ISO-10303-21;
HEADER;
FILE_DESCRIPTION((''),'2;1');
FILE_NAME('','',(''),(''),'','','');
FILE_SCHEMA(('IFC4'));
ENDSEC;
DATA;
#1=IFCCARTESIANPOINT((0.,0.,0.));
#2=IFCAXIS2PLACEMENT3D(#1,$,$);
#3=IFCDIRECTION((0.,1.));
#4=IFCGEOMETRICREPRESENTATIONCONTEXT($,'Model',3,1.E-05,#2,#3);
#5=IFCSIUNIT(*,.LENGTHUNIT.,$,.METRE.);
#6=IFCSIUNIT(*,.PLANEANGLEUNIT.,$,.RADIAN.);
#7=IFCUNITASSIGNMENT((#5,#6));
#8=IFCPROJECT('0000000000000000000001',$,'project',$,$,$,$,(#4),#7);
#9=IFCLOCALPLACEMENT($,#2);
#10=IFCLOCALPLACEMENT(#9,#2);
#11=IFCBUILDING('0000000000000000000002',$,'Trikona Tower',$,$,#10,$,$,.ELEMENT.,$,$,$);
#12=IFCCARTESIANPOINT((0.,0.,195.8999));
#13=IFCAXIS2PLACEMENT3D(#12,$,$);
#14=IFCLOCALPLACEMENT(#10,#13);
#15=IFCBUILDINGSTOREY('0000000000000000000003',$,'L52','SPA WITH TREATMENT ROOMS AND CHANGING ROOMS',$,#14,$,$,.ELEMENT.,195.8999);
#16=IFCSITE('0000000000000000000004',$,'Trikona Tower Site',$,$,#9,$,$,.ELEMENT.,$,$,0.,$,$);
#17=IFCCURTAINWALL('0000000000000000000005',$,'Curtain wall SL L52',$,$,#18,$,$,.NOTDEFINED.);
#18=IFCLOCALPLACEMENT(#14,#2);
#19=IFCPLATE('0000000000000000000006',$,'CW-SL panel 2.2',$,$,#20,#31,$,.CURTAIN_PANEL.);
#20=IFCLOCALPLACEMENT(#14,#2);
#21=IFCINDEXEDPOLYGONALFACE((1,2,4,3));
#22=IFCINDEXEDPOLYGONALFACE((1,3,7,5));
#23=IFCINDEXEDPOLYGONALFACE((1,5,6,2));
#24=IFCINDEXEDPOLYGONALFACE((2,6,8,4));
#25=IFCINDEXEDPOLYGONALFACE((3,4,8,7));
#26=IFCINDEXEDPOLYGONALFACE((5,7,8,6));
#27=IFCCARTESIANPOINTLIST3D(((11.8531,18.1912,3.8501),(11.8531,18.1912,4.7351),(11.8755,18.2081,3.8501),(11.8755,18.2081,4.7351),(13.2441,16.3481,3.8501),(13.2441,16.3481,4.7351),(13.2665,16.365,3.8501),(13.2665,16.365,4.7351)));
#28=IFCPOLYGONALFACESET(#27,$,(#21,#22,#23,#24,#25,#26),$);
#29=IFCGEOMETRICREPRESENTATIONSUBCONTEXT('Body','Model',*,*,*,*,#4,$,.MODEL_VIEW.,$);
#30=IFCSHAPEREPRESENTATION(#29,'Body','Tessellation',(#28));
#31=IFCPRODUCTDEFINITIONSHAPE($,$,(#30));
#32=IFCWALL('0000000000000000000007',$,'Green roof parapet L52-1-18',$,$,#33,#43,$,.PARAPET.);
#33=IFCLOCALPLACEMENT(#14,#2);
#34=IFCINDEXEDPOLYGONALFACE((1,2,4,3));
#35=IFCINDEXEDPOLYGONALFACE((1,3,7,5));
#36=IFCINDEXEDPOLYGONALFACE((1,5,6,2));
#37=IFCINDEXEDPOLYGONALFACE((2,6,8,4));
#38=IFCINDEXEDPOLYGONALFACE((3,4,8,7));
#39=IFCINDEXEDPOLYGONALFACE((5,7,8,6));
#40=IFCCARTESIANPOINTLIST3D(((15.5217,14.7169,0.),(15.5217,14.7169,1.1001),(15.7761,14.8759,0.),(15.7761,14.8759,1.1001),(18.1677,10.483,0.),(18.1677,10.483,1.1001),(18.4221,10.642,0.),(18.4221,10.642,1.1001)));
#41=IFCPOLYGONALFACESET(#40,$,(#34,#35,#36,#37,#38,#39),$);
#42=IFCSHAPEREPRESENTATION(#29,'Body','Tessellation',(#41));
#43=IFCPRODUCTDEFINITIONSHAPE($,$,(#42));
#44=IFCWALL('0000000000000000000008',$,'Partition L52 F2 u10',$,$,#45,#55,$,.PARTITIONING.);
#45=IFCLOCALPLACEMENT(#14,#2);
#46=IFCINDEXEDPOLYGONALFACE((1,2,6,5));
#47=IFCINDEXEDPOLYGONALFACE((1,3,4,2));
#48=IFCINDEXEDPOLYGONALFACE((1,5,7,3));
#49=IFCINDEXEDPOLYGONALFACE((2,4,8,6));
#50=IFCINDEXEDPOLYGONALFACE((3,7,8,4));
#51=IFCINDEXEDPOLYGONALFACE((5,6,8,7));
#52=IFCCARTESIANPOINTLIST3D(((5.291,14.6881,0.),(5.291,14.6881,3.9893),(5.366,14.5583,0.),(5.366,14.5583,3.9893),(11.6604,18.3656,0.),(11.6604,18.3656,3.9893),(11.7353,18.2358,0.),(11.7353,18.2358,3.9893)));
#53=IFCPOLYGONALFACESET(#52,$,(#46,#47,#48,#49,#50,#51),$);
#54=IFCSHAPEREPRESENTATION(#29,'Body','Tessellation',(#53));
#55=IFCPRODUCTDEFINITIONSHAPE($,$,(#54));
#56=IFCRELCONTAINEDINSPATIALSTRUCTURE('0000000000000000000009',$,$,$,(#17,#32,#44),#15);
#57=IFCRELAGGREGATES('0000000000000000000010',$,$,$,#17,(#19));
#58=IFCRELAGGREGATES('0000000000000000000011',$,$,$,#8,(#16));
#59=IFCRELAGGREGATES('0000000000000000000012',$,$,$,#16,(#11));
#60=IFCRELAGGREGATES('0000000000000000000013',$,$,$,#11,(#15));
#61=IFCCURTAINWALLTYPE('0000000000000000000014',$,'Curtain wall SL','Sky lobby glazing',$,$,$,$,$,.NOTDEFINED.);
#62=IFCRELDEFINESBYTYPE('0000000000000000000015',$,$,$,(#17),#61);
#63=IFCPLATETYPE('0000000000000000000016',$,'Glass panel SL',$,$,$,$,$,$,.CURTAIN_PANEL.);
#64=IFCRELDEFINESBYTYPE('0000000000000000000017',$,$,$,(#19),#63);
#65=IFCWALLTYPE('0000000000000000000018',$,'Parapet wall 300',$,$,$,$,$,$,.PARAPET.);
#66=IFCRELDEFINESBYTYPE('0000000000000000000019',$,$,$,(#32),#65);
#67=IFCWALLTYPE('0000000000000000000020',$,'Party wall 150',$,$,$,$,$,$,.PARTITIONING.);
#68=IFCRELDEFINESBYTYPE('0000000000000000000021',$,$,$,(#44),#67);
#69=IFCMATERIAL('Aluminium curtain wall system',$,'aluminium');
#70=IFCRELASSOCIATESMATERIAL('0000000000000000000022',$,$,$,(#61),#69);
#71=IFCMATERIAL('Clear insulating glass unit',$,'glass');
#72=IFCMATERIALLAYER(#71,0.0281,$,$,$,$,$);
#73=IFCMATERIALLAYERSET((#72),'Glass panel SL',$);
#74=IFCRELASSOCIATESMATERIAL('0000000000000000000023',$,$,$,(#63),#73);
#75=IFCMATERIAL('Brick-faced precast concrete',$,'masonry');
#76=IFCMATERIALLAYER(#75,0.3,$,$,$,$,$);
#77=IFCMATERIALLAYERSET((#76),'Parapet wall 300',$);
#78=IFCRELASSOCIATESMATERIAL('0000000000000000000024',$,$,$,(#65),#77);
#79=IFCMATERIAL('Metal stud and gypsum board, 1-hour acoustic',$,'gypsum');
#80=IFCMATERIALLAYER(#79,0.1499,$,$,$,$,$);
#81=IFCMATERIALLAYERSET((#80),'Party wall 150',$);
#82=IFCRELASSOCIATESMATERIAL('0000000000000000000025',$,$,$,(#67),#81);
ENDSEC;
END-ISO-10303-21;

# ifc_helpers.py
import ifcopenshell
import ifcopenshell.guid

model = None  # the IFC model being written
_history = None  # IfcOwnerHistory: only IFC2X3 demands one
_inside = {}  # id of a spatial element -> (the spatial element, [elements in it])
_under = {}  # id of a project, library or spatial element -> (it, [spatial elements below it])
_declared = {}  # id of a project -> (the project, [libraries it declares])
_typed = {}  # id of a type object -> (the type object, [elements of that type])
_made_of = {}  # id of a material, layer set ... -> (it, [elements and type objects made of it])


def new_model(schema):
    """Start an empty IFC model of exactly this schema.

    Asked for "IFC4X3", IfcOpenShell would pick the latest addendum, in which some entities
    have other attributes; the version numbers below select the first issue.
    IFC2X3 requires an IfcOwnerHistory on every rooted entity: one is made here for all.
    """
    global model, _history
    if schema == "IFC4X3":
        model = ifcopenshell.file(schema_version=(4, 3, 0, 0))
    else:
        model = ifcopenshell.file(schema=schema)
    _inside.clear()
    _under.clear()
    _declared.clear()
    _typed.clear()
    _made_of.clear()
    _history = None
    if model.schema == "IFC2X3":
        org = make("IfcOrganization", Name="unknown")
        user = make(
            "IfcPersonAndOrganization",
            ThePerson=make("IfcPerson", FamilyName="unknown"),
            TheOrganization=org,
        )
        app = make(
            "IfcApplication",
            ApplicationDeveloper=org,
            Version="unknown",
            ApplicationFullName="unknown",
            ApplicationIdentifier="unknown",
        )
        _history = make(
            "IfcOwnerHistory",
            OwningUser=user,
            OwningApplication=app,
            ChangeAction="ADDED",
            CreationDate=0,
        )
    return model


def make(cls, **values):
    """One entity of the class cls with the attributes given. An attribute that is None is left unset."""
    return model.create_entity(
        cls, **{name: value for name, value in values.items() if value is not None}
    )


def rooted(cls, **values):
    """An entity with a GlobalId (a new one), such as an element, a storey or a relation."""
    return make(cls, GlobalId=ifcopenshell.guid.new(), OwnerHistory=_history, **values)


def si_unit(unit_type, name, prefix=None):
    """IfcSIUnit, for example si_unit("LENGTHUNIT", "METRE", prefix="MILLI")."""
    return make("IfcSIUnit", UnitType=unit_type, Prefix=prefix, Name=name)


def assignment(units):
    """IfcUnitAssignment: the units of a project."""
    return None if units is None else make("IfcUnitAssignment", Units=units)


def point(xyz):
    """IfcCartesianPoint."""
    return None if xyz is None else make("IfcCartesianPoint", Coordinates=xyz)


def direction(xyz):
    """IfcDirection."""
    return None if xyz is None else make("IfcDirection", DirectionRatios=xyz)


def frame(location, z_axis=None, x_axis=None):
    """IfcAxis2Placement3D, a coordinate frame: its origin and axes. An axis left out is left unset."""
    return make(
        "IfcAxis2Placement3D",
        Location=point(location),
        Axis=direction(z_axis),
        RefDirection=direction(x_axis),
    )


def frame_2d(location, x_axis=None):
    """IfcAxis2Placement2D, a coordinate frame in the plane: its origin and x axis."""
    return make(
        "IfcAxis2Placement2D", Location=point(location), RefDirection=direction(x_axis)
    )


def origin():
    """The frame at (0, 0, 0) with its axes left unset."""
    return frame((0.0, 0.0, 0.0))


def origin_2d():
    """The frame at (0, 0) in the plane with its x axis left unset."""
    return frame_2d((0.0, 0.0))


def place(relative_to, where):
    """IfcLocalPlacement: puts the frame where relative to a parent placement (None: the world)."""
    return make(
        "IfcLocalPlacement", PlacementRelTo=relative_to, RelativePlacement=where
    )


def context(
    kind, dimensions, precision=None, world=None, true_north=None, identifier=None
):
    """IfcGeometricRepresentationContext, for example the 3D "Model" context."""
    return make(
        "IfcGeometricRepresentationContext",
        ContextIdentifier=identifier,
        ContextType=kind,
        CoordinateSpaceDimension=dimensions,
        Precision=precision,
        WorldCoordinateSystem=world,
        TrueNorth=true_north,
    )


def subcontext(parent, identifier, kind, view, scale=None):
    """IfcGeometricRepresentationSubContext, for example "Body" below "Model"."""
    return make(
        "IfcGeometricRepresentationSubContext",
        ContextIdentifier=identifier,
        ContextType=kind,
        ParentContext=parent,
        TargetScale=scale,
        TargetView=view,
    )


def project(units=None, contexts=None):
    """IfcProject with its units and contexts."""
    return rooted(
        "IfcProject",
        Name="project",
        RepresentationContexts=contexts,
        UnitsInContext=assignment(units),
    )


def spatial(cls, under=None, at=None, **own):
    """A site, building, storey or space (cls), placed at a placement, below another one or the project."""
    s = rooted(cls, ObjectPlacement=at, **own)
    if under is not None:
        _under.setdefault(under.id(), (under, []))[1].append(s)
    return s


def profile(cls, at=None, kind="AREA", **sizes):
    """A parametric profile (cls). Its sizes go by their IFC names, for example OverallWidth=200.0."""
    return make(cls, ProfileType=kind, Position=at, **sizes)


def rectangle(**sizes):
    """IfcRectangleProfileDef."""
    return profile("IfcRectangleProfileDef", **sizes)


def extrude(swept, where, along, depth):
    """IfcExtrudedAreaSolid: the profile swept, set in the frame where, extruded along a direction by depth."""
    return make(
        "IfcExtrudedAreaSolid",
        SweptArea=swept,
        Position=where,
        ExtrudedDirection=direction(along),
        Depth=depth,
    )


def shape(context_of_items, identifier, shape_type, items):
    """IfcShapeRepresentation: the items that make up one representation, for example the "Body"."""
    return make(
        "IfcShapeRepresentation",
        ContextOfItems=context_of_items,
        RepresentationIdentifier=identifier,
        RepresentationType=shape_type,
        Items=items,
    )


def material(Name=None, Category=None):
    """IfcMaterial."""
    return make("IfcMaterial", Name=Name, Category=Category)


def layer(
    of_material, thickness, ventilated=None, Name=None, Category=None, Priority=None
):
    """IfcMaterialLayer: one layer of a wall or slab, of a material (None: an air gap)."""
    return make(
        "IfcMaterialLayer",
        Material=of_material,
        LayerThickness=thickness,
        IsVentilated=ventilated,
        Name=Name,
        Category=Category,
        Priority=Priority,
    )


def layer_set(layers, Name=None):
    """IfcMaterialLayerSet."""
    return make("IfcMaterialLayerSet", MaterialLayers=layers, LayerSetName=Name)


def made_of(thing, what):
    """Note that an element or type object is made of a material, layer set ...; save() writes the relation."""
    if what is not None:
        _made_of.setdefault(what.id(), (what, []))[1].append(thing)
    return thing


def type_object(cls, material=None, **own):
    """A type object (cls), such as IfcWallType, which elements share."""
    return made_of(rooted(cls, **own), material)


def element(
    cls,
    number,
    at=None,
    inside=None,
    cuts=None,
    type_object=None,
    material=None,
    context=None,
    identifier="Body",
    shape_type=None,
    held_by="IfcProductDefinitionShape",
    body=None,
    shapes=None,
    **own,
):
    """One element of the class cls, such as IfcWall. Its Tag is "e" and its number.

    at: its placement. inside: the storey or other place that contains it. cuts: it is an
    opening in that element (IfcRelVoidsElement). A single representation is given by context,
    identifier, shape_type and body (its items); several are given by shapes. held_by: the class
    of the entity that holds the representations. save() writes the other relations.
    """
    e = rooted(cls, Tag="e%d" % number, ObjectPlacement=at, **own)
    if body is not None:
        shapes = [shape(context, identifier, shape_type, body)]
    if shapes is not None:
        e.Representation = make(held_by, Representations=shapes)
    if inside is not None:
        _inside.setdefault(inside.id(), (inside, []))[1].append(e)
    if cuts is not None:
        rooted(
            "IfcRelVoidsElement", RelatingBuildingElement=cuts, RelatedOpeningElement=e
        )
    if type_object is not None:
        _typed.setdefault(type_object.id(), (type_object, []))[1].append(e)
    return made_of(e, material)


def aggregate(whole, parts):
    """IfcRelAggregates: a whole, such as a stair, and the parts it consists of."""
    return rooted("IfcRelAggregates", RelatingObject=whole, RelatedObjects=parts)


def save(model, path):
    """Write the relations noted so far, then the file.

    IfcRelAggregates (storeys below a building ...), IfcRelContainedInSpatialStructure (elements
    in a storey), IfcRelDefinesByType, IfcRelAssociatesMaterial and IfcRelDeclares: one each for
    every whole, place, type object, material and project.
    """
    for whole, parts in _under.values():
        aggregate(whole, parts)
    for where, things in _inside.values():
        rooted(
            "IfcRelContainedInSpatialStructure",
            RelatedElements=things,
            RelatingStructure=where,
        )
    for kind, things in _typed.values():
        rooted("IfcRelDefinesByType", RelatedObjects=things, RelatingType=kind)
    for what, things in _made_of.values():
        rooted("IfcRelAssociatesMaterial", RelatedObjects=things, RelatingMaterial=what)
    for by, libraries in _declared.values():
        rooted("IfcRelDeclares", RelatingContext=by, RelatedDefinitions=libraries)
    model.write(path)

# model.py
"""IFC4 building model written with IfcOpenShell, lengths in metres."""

from ifc_helpers import new_model, si_unit, direction, frame, frame_2d, origin, origin_2d, place, context, subcontext, project, spatial, rectangle, extrude, material, layer, layer_set, type_object, element, aggregate, save


model = new_model("IFC4")

# Units and contexts
model_context = context("Model", 3, precision=1e-05, world=origin(), true_north=direction((0.0, 1.0)))
body_context = subcontext(model_context, "Body", "Model", "MODEL_VIEW")
ifc_project = project(units=[si_unit("LENGTHUNIT", "METRE"), si_unit("PLANEANGLEUNIT", "RADIAN")], contexts=[model_context])

# Site, building, storey
site_placement = place(None, origin())
site = spatial("IfcSite", under=ifc_project, at=site_placement, Name="Trikona Tower Site", CompositionType="ELEMENT", RefElevation=0.0)
building_placement = place(site_placement, origin())
building = spatial("IfcBuilding", under=site, at=building_placement, Name="Trikona Tower", CompositionType="ELEMENT")
storey_placement = place(building_placement, frame((0.0, 0.0, 195.8999)))
storey = spatial("IfcBuildingStorey", under=building, at=storey_placement, Name="L52", Description="SPA WITH TREATMENT ROOMS AND CHANGING ROOMS", CompositionType="ELEMENT", Elevation=195.8999)

# Shared definitions
ifc_material_1 = material(Name="Aluminium curtain wall system", Category="aluminium")
curtain_wall_type = type_object("IfcCurtainWallType", Name="Curtain wall SL", Description="Sky lobby glazing", PredefinedType="NOTDEFINED", material=ifc_material_1)

# Curtain wall
curtain_wall_1_placement = place(storey_placement, origin())
curtain_wall_1 = element("IfcCurtainWall", 1, at=curtain_wall_1_placement, inside=storey, type_object=curtain_wall_type, Name="Curtain wall SL L52", PredefinedType="NOTDEFINED")

# Plate
ifc_material_2 = material(Name="Clear insulating glass unit", Category="glass")
ifc_layer_1 = layer(ifc_material_2, 0.0281)
ifc_layer_set_1 = layer_set([ifc_layer_1], Name="Glass panel SL")
plate_type = type_object("IfcPlateType", Name="Glass panel SL", PredefinedType="CURTAIN_PANEL", material=ifc_layer_set_1)
plate_1_placement = place(storey_placement, frame((12.5598, 17.2781, 3.8501), z_axis=(0.0, 0.0, 1.0), x_axis=(-0.602402, 0.798193, 0.0)))
plate_1 = element("IfcPlate", 2, at=plate_1_placement, type_object=plate_type, Name="CW-SL panel 2.2", PredefinedType="CURTAIN_PANEL", context=body_context, shape_type="SweptSolid", body=[
    extrude(rectangle(XDim=2.3091, YDim=0.0281, at=origin_2d()), origin(), (0.0, 0.0, 1.0), 0.885),
])
aggregate(curtain_wall_1, [plate_1])

# Walls
ifc_material_3 = material(Name="Brick-faced precast concrete", Category="masonry")
ifc_layer_2 = layer(ifc_material_3, 0.3)
ifc_layer_set_2 = layer_set([ifc_layer_2], Name="Parapet wall 300")
wall_type_1 = type_object("IfcWallType", Name="Parapet wall 300", PredefinedType="PARAPET", material=ifc_layer_set_2)
wall_1_placement = place(storey_placement, frame((15.6489, 14.7964, 0.0), z_axis=(0.0, 0.0, 1.0), x_axis=(0.529973, -0.848015, 0.0)))
element("IfcWall", 3, at=wall_1_placement, inside=storey, type_object=wall_type_1, Name="Green roof parapet L52-1-18", PredefinedType="PARAPET", context=body_context, shape_type="SweptSolid", body=[
    extrude(rectangle(XDim=4.9927, YDim=0.3, at=frame_2d((2.4963, 0.0))), origin(), (0.0, 0.0, 1.0), 1.1001),
])
ifc_material_4 = material(Name="Metal stud and gypsum board, 1-hour acoustic", Category="gypsum")
ifc_layer_3 = layer(ifc_material_4, 0.1499)
ifc_layer_set_3 = layer_set([ifc_layer_3], Name="Party wall 150")
wall_type_2 = type_object("IfcWallType", Name="Party wall 150", PredefinedType="PARTITIONING", material=ifc_layer_set_3)
wall_2_placement = place(storey_placement, frame((5.3286, 14.6233, 0.0), z_axis=(0.0, 0.0, 1.0), x_axis=(0.866018, 0.500013, 0.0)))
element("IfcWall", 4, at=wall_2_placement, inside=storey, type_object=wall_type_2, Name="Partition L52 F2 u10", PredefinedType="PARTITIONING", context=body_context, shape_type="SweptSolid", body=[
    extrude(rectangle(XDim=7.3547, YDim=0.1499, at=frame_2d((3.6772, 0.0))), origin(), (0.0, 0.0, 1.0), 3.9893),
])

save(model, "model.ifc")
